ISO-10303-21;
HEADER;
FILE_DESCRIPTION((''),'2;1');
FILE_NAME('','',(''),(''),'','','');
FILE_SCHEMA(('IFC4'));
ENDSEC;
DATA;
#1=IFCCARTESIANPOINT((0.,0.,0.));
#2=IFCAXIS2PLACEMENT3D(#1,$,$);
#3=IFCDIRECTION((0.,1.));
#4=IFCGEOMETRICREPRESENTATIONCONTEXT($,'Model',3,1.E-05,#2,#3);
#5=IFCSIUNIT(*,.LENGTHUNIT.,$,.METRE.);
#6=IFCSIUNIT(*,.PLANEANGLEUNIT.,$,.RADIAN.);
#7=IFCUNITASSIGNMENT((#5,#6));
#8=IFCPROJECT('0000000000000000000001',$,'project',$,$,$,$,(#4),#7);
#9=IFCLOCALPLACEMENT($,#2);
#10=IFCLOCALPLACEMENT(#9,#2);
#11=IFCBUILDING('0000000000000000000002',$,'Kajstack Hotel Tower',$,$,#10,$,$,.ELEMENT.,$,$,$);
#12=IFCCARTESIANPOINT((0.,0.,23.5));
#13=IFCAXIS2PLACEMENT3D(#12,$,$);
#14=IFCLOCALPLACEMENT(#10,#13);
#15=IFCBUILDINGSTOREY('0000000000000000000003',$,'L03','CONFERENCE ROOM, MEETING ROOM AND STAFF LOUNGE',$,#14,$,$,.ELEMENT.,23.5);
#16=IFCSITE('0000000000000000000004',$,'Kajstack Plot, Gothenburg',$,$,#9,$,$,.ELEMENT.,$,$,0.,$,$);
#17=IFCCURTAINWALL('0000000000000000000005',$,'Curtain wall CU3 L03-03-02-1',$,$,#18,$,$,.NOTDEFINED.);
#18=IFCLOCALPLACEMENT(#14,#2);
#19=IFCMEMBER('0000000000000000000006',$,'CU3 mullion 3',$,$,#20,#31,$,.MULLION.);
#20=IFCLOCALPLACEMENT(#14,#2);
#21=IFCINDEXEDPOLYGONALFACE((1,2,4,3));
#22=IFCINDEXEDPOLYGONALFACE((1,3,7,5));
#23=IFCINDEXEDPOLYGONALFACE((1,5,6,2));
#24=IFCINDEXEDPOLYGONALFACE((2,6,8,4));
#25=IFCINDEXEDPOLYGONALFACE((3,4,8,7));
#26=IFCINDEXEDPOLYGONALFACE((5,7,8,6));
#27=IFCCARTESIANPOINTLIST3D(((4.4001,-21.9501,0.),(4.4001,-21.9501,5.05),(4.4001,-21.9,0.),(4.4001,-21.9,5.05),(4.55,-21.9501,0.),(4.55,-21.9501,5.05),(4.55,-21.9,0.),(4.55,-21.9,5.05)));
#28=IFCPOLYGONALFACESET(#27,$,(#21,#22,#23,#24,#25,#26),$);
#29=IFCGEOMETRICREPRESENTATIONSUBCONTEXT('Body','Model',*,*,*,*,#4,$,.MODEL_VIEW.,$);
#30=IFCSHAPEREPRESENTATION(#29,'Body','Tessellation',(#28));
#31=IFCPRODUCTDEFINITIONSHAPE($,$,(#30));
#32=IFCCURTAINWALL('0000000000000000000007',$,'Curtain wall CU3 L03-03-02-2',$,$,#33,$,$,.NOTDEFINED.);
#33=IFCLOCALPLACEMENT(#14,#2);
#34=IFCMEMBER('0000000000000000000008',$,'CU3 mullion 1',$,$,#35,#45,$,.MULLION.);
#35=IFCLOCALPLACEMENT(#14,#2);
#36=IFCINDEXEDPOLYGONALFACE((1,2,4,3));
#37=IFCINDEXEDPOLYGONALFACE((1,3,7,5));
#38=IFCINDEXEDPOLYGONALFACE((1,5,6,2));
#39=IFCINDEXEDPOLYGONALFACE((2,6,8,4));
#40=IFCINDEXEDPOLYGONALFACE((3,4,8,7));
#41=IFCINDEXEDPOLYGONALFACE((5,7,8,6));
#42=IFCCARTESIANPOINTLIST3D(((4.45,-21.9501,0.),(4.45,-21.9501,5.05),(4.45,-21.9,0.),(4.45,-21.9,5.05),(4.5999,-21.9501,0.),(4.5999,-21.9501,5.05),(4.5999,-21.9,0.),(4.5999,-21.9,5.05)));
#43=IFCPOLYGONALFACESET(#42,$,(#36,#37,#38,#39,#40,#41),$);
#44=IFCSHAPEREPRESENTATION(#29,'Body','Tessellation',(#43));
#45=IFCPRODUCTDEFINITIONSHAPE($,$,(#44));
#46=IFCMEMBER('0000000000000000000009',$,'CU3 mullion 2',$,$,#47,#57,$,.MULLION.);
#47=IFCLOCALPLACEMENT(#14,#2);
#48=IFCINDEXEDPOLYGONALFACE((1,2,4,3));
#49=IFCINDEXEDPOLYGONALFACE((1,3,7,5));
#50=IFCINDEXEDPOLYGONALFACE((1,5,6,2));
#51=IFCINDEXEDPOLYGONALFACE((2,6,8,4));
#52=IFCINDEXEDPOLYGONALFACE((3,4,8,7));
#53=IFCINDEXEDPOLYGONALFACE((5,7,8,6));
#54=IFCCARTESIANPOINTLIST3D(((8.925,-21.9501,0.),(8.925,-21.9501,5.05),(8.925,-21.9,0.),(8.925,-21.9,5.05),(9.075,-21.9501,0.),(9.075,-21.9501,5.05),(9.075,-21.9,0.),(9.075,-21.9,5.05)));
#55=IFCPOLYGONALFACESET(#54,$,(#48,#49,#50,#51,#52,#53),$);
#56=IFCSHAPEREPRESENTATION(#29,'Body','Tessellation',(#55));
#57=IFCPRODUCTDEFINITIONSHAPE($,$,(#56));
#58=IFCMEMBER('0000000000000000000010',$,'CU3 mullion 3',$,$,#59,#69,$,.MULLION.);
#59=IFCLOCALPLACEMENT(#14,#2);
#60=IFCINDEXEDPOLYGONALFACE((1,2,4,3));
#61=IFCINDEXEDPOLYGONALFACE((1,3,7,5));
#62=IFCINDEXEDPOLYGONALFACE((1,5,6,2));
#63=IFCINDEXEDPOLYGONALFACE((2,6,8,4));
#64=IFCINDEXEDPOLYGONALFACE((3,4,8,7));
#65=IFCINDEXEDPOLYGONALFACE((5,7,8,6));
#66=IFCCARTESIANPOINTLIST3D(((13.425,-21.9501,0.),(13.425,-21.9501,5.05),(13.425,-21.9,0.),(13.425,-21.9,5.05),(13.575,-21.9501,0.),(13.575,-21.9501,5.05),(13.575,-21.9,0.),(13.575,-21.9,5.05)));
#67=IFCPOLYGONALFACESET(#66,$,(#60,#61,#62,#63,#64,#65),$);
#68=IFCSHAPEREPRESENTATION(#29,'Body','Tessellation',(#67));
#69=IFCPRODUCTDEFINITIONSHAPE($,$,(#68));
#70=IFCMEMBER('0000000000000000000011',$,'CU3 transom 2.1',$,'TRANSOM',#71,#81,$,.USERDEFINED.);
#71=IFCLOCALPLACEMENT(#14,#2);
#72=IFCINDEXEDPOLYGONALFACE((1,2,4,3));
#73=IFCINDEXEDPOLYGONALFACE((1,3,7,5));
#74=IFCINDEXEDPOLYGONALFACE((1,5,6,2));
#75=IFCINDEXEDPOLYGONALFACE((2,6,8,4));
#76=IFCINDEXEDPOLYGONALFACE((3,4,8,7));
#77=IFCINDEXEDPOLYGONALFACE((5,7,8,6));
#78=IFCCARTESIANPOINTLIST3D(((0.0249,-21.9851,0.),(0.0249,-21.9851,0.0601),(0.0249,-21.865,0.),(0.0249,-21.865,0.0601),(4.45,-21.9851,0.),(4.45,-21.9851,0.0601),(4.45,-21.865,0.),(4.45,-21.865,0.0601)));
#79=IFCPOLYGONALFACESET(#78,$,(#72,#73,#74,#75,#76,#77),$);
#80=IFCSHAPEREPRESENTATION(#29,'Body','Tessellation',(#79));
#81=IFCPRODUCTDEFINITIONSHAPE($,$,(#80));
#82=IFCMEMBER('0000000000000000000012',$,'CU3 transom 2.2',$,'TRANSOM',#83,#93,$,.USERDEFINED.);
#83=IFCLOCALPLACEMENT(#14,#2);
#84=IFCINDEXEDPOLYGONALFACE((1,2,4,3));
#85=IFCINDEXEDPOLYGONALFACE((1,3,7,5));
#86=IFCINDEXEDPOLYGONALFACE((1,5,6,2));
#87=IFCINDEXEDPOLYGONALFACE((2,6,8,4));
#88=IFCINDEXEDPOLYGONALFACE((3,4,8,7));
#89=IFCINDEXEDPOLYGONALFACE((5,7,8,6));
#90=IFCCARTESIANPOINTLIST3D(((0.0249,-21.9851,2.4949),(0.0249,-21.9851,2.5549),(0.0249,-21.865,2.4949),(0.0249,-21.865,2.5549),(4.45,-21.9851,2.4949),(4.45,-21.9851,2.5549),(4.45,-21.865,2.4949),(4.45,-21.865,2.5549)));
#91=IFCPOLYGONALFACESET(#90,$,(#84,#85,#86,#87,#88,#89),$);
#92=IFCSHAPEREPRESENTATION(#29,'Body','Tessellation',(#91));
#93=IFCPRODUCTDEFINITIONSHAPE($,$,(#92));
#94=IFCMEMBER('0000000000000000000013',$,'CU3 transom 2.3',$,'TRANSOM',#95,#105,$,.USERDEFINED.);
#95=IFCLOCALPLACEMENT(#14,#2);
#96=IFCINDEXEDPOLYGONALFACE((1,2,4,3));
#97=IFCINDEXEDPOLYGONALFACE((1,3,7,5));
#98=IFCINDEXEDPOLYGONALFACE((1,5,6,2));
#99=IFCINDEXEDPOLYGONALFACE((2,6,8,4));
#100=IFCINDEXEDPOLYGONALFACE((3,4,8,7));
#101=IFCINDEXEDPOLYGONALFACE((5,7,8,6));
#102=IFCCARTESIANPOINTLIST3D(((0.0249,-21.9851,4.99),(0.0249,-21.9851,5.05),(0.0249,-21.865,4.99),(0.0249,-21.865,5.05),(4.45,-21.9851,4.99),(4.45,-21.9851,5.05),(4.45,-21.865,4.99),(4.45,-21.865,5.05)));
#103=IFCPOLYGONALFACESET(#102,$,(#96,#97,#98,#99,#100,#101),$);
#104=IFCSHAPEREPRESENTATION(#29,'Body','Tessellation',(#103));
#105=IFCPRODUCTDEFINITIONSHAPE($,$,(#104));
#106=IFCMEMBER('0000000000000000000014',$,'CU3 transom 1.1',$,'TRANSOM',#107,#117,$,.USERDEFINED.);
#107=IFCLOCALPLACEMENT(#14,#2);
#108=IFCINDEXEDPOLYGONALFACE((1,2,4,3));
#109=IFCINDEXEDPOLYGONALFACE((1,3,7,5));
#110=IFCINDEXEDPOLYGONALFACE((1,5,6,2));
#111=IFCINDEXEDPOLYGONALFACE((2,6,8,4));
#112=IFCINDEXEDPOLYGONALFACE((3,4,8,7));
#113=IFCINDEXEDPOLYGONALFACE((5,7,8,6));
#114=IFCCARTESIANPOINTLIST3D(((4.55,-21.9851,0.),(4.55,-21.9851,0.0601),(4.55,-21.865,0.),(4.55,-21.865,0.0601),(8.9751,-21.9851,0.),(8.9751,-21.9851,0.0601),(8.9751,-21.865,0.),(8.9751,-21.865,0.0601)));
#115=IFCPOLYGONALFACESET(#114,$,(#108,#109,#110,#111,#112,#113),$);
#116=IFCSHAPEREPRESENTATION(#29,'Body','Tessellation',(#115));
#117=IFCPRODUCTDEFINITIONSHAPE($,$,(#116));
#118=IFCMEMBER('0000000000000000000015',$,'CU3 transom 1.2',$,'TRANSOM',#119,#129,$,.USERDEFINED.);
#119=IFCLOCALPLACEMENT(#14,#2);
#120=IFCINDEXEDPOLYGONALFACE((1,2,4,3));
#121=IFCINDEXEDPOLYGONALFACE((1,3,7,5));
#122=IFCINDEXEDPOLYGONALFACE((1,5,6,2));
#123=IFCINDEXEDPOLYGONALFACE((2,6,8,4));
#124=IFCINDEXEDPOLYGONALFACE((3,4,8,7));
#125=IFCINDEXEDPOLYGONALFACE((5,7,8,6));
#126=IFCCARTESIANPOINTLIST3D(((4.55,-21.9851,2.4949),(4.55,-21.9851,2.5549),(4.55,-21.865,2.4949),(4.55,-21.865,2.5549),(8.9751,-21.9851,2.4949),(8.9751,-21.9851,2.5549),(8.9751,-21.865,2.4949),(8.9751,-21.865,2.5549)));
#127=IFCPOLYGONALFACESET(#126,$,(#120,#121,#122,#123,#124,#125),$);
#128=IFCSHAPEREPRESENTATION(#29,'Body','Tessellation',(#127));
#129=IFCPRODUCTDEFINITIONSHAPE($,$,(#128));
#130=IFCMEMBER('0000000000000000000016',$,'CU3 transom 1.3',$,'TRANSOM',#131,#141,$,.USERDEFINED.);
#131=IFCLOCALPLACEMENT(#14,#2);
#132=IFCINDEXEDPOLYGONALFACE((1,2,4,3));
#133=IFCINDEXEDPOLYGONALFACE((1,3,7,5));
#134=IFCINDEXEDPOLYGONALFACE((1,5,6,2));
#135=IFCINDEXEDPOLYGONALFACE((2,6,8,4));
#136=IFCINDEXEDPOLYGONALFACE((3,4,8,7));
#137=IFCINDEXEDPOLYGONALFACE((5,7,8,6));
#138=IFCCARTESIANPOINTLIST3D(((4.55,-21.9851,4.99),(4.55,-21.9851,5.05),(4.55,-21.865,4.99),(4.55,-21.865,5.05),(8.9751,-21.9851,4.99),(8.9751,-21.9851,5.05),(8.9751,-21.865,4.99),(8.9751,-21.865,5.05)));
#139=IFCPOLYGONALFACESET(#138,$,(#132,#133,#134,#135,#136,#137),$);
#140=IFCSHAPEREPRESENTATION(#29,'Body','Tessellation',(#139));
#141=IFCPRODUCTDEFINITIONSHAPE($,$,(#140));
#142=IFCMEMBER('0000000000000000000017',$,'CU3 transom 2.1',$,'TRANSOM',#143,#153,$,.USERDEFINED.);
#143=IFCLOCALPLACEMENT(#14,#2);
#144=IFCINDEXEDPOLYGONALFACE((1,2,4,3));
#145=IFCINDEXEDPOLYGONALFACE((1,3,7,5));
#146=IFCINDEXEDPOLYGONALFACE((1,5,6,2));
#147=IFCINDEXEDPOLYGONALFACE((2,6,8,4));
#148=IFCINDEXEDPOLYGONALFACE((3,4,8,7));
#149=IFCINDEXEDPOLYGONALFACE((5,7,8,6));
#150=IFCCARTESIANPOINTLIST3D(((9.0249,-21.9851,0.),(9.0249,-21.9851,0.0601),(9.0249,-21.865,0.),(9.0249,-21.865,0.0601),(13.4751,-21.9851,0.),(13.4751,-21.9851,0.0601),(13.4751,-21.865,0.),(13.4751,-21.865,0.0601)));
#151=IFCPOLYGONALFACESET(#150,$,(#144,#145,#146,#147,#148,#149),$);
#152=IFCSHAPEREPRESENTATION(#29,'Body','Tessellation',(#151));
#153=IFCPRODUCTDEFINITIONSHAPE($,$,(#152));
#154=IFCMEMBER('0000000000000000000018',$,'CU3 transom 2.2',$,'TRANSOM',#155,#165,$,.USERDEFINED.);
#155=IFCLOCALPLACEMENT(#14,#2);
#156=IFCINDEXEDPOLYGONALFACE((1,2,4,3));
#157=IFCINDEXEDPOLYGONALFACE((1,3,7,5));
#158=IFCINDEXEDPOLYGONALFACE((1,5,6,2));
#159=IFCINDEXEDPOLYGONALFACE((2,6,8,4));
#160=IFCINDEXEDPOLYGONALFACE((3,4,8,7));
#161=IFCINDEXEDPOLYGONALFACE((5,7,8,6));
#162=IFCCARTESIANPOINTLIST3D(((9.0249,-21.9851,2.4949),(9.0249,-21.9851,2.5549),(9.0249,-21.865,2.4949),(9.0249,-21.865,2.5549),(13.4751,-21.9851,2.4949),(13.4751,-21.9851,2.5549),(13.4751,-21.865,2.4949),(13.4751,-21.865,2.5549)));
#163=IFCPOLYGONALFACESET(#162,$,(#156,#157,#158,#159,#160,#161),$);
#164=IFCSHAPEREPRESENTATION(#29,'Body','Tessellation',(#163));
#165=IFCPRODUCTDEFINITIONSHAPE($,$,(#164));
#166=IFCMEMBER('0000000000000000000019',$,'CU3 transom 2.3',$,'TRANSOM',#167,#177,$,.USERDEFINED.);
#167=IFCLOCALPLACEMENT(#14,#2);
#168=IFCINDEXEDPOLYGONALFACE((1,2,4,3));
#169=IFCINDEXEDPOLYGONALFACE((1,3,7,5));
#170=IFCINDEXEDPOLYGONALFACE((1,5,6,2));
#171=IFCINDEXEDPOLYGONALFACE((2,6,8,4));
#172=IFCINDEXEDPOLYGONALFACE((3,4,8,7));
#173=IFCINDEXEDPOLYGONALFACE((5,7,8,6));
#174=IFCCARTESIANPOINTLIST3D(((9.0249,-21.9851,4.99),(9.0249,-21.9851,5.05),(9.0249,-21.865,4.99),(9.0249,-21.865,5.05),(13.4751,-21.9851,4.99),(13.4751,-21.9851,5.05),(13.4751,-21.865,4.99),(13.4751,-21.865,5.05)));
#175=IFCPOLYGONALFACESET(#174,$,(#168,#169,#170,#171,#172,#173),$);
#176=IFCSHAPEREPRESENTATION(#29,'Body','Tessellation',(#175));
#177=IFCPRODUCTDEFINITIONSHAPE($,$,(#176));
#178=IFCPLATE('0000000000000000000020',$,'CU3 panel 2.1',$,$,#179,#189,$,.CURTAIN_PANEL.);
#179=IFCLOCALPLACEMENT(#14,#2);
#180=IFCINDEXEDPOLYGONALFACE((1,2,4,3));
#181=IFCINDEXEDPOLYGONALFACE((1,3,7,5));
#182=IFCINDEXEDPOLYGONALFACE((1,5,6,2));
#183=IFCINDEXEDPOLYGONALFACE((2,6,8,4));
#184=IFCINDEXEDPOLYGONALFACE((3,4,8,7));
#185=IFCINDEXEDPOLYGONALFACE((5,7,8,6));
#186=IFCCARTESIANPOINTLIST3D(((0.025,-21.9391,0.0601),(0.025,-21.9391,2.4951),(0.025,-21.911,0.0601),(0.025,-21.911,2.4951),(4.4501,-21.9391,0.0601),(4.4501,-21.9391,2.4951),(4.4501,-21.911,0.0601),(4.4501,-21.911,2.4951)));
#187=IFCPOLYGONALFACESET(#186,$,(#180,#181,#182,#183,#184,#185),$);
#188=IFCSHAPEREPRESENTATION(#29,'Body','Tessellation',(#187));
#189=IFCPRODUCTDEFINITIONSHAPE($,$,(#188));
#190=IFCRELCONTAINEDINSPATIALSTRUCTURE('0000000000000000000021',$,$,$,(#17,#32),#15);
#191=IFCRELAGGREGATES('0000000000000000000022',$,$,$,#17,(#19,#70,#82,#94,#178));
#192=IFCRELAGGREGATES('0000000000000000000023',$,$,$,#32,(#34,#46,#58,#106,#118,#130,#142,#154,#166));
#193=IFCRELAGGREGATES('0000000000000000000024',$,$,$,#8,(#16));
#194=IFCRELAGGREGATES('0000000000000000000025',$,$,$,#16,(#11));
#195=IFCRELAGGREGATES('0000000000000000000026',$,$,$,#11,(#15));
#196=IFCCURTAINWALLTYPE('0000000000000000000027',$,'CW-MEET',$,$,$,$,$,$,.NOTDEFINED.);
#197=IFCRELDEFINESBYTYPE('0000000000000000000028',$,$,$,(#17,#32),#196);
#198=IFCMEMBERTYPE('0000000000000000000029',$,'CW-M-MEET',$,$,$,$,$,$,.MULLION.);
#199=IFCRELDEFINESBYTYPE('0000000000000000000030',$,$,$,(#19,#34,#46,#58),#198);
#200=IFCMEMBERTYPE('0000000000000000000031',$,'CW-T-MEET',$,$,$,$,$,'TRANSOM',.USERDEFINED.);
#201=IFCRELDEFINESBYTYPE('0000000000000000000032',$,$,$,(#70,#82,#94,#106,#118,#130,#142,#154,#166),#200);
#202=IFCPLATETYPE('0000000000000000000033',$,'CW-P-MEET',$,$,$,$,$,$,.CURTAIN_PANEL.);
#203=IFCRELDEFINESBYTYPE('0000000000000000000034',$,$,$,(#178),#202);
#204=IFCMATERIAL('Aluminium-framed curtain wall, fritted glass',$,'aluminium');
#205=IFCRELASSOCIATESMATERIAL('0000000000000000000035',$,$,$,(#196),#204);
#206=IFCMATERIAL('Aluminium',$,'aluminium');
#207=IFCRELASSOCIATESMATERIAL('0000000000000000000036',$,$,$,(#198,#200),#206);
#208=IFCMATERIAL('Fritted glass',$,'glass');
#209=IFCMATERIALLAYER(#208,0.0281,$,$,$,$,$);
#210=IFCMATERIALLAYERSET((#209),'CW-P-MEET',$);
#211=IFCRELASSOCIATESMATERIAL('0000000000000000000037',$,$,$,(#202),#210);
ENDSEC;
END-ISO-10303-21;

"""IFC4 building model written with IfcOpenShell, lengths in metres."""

from ifc_helpers import new_model, si_unit, direction, frame, origin, origin_2d, place, context, subcontext, project, spatial, rectangle, extrude, material, layer, layer_set, material_profile, profile_set, type_object, element, aggregate, save


model = new_model("IFC4")

# Units and contexts
model_context = context("Model", 3, precision=1e-05, world=origin(), true_north=direction((0.0, 1.0)))
body_context = subcontext(model_context, "Body", "Model", "MODEL_VIEW")
ifc_project = project(units=[si_unit("LENGTHUNIT", "METRE"), si_unit("PLANEANGLEUNIT", "RADIAN")], contexts=[model_context])

# Site, building, storey
site_placement = place(None, origin())
site = spatial("IfcSite", under=ifc_project, at=site_placement, Name="Kajstack Plot, Gothenburg", CompositionType="ELEMENT", RefElevation=0.0)
building_placement = place(site_placement, origin())
building = spatial("IfcBuilding", under=site, at=building_placement, Name="Kajstack Hotel Tower", CompositionType="ELEMENT")
storey_placement = place(building_placement, frame((0.0, 0.0, 23.5)))
storey = spatial("IfcBuildingStorey", under=building, at=storey_placement, Name="L03", Description="CONFERENCE ROOM, MEETING ROOM AND STAFF LOUNGE", CompositionType="ELEMENT", Elevation=23.5)

# Curtain wall, member
ifc_material_1 = material(Name="Aluminium-framed curtain wall, fritted glass", Category="aluminium")
curtain_wall_type = type_object("IfcCurtainWallType", Name="CW-MEET", PredefinedType="NOTDEFINED", material=ifc_material_1)
curtain_wall_1_placement = place(storey_placement, origin())
curtain_wall_1 = element("IfcCurtainWall", 1, at=curtain_wall_1_placement, inside=storey, type_object=curtain_wall_type, Name="Curtain wall CU3 L03-03-02-1", PredefinedType="NOTDEFINED")
ifc_material_2 = material(Name="Aluminium", Category="aluminium")
ifc_material_profile_1 = material_profile(ifc_material_2, rectangle(XDim=0.05, YDim=0.1499, at=origin_2d()), Name="Aluminium mullion 50 x 150")
ifc_profile_set_1 = profile_set([ifc_material_profile_1], Name="Aluminium")
member_type_1 = type_object("IfcMemberType", Name="CW-M-MEET", PredefinedType="MULLION", material=ifc_profile_set_1)
member_1_placement = place(storey_placement, frame((4.4751, -21.925, 0.0), z_axis=(0.0, 0.0, 1.0), x_axis=(0.0, 1.0, 0.0)))
member_1 = element("IfcMember", 2, at=member_1_placement, type_object=member_type_1, Name="CU3 mullion 3", PredefinedType="MULLION", context=body_context, shape_type="SweptSolid", body=[
    extrude(rectangle(XDim=0.05, YDim=0.1499, at=origin_2d()), origin(), (0.0, 0.0, 1.0), 5.05),
])

# Curtain wall, members
curtain_wall_2_placement = place(storey_placement, origin())
curtain_wall_2 = element("IfcCurtainWall", 3, at=curtain_wall_2_placement, inside=storey, type_object=curtain_wall_type, Name="Curtain wall CU3 L03-03-02-2", PredefinedType="NOTDEFINED")
member_2_placement = place(storey_placement, frame((4.5249, -21.925, 0.0), z_axis=(0.0, 0.0, 1.0), x_axis=(0.0, 1.0, 0.0)))
member_2 = element("IfcMember", 4, at=member_2_placement, type_object=member_type_1, Name="CU3 mullion 1", PredefinedType="MULLION", context=body_context, shape_type="SweptSolid", body=[
    extrude(rectangle(XDim=0.05, YDim=0.1499, at=origin_2d()), origin(), (0.0, 0.0, 1.0), 5.05),
])
member_3_placement = place(storey_placement, frame((9.0, -21.925, 0.0), z_axis=(0.0, 0.0, 1.0), x_axis=(0.0, 1.0, 0.0)))
member_3 = element("IfcMember", 5, at=member_3_placement, type_object=member_type_1, Name="CU3 mullion 2", PredefinedType="MULLION", context=body_context, shape_type="SweptSolid", body=[
    extrude(rectangle(XDim=0.05, YDim=0.1499, at=origin_2d()), origin(), (0.0, 0.0, 1.0), 5.05),
])
member_4_placement = place(storey_placement, frame((13.5, -21.925, 0.0), z_axis=(0.0, 0.0, 1.0), x_axis=(0.0, 1.0, 0.0)))
member_4 = element("IfcMember", 6, at=member_4_placement, type_object=member_type_1, Name="CU3 mullion 3", PredefinedType="MULLION", context=body_context, shape_type="SweptSolid", body=[
    extrude(rectangle(XDim=0.05, YDim=0.1499, at=origin_2d()), origin(), (0.0, 0.0, 1.0), 5.05),
])

# Members
ifc_material_profile_2 = material_profile(ifc_material_2, rectangle(XDim=0.1201, YDim=0.0601, at=origin_2d()), Name="Aluminium transom 120 x 60")
ifc_profile_set_2 = profile_set([ifc_material_profile_2], Name="Aluminium")
member_type_2 = type_object("IfcMemberType", Name="CW-T-MEET", ElementType="TRANSOM", PredefinedType="USERDEFINED", material=ifc_profile_set_2)
member_5_placement = place(storey_placement, frame((0.0249, -21.925, 0.03), z_axis=(1.0, 0.0, 0.0), x_axis=(0.0, 1.0, 0.0)))
member_5 = element("IfcMember", 7, at=member_5_placement, type_object=member_type_2, Name="CU3 transom 2.1", ObjectType="TRANSOM", PredefinedType="USERDEFINED", context=body_context, shape_type="SweptSolid", body=[
    extrude(rectangle(XDim=0.1201, YDim=0.0601, at=origin_2d()), origin(), (0.0, 0.0, 1.0), 4.425),
])
member_6_placement = place(storey_placement, frame((0.0249, -21.925, 2.5249), z_axis=(1.0, 0.0, 0.0), x_axis=(0.0, 1.0, 0.0)))
member_6 = element("IfcMember", 8, at=member_6_placement, type_object=member_type_2, Name="CU3 transom 2.2", ObjectType="TRANSOM", PredefinedType="USERDEFINED", context=body_context, shape_type="SweptSolid", body=[
    extrude(rectangle(XDim=0.1201, YDim=0.0601, at=origin_2d()), origin(), (0.0, 0.0, 1.0), 4.425),
])
member_7_placement = place(storey_placement, frame((0.0249, -21.925, 5.02), z_axis=(1.0, 0.0, 0.0), x_axis=(0.0, 1.0, 0.0)))
member_7 = element("IfcMember", 9, at=member_7_placement, type_object=member_type_2, Name="CU3 transom 2.3", ObjectType="TRANSOM", PredefinedType="USERDEFINED", context=body_context, shape_type="SweptSolid", body=[
    extrude(rectangle(XDim=0.1201, YDim=0.0601, at=origin_2d()), origin(), (0.0, 0.0, 1.0), 4.425),
])
member_8_placement = place(storey_placement, frame((4.55, -21.925, 0.03), z_axis=(1.0, 0.0, 0.0), x_axis=(0.0, 1.0, 0.0)))
member_8 = element("IfcMember", 10, at=member_8_placement, type_object=member_type_2, Name="CU3 transom 1.1", ObjectType="TRANSOM", PredefinedType="USERDEFINED", context=body_context, shape_type="SweptSolid", body=[
    extrude(rectangle(XDim=0.1201, YDim=0.0601, at=origin_2d()), origin(), (0.0, 0.0, 1.0), 4.425),
])
member_9_placement = place(storey_placement, frame((4.55, -21.925, 2.5249), z_axis=(1.0, 0.0, 0.0), x_axis=(0.0, 1.0, 0.0)))
member_9 = element("IfcMember", 11, at=member_9_placement, type_object=member_type_2, Name="CU3 transom 1.2", ObjectType="TRANSOM", PredefinedType="USERDEFINED", context=body_context, shape_type="SweptSolid", body=[
    extrude(rectangle(XDim=0.1201, YDim=0.0601, at=origin_2d()), origin(), (0.0, 0.0, 1.0), 4.425),
])
member_10_placement = place(storey_placement, frame((4.55, -21.925, 5.02), z_axis=(1.0, 0.0, 0.0), x_axis=(0.0, 1.0, 0.0)))
member_10 = element("IfcMember", 12, at=member_10_placement, type_object=member_type_2, Name="CU3 transom 1.3", ObjectType="TRANSOM", PredefinedType="USERDEFINED", context=body_context, shape_type="SweptSolid", body=[
    extrude(rectangle(XDim=0.1201, YDim=0.0601, at=origin_2d()), origin(), (0.0, 0.0, 1.0), 4.425),
])
member_11_placement = place(storey_placement, frame((9.0249, -21.925, 0.03), z_axis=(1.0, 0.0, 0.0), x_axis=(0.0, 1.0, 0.0)))
member_11 = element("IfcMember", 13, at=member_11_placement, type_object=member_type_2, Name="CU3 transom 2.1", ObjectType="TRANSOM", PredefinedType="USERDEFINED", context=body_context, shape_type="SweptSolid", body=[
    extrude(rectangle(XDim=0.1201, YDim=0.0601, at=origin_2d()), origin(), (0.0, 0.0, 1.0), 4.4502),
])
member_12_placement = place(storey_placement, frame((9.0249, -21.925, 2.5249), z_axis=(1.0, 0.0, 0.0), x_axis=(0.0, 1.0, 0.0)))
member_12 = element("IfcMember", 14, at=member_12_placement, type_object=member_type_2, Name="CU3 transom 2.2", ObjectType="TRANSOM", PredefinedType="USERDEFINED", context=body_context, shape_type="SweptSolid", body=[
    extrude(rectangle(XDim=0.1201, YDim=0.0601, at=origin_2d()), origin(), (0.0, 0.0, 1.0), 4.4502),
])
member_13_placement = place(storey_placement, frame((9.0249, -21.925, 5.02), z_axis=(1.0, 0.0, 0.0), x_axis=(0.0, 1.0, 0.0)))
member_13 = element("IfcMember", 15, at=member_13_placement, type_object=member_type_2, Name="CU3 transom 2.3", ObjectType="TRANSOM", PredefinedType="USERDEFINED", context=body_context, shape_type="SweptSolid", body=[
    extrude(rectangle(XDim=0.1201, YDim=0.0601, at=origin_2d()), origin(), (0.0, 0.0, 1.0), 4.4502),
])

# Plate
ifc_material_3 = material(Name="Fritted glass", Category="glass")
ifc_layer = layer(ifc_material_3, 0.0281)
ifc_layer_set = layer_set([ifc_layer], Name="CW-P-MEET")
plate_type = type_object("IfcPlateType", Name="CW-P-MEET", PredefinedType="CURTAIN_PANEL", material=ifc_layer_set)
plate_1_placement = place(storey_placement, frame((2.2375, -21.925, 0.0601), z_axis=(0.0, 0.0, 1.0), x_axis=(1.0, 0.0, 0.0)))
plate_1 = element("IfcPlate", 16, at=plate_1_placement, type_object=plate_type, Name="CU3 panel 2.1", PredefinedType="CURTAIN_PANEL", context=body_context, shape_type="SweptSolid", body=[
    extrude(rectangle(XDim=4.425, YDim=0.0281, at=origin_2d()), origin(), (0.0, 0.0, 1.0), 2.4351),
])
aggregate(curtain_wall_1, [member_1, member_5, member_6, member_7, plate_1])
aggregate(curtain_wall_2, [member_2, member_3, member_4, member_8, member_9, member_10, member_11, member_12, member_13])

save(model, "model.ifc")
